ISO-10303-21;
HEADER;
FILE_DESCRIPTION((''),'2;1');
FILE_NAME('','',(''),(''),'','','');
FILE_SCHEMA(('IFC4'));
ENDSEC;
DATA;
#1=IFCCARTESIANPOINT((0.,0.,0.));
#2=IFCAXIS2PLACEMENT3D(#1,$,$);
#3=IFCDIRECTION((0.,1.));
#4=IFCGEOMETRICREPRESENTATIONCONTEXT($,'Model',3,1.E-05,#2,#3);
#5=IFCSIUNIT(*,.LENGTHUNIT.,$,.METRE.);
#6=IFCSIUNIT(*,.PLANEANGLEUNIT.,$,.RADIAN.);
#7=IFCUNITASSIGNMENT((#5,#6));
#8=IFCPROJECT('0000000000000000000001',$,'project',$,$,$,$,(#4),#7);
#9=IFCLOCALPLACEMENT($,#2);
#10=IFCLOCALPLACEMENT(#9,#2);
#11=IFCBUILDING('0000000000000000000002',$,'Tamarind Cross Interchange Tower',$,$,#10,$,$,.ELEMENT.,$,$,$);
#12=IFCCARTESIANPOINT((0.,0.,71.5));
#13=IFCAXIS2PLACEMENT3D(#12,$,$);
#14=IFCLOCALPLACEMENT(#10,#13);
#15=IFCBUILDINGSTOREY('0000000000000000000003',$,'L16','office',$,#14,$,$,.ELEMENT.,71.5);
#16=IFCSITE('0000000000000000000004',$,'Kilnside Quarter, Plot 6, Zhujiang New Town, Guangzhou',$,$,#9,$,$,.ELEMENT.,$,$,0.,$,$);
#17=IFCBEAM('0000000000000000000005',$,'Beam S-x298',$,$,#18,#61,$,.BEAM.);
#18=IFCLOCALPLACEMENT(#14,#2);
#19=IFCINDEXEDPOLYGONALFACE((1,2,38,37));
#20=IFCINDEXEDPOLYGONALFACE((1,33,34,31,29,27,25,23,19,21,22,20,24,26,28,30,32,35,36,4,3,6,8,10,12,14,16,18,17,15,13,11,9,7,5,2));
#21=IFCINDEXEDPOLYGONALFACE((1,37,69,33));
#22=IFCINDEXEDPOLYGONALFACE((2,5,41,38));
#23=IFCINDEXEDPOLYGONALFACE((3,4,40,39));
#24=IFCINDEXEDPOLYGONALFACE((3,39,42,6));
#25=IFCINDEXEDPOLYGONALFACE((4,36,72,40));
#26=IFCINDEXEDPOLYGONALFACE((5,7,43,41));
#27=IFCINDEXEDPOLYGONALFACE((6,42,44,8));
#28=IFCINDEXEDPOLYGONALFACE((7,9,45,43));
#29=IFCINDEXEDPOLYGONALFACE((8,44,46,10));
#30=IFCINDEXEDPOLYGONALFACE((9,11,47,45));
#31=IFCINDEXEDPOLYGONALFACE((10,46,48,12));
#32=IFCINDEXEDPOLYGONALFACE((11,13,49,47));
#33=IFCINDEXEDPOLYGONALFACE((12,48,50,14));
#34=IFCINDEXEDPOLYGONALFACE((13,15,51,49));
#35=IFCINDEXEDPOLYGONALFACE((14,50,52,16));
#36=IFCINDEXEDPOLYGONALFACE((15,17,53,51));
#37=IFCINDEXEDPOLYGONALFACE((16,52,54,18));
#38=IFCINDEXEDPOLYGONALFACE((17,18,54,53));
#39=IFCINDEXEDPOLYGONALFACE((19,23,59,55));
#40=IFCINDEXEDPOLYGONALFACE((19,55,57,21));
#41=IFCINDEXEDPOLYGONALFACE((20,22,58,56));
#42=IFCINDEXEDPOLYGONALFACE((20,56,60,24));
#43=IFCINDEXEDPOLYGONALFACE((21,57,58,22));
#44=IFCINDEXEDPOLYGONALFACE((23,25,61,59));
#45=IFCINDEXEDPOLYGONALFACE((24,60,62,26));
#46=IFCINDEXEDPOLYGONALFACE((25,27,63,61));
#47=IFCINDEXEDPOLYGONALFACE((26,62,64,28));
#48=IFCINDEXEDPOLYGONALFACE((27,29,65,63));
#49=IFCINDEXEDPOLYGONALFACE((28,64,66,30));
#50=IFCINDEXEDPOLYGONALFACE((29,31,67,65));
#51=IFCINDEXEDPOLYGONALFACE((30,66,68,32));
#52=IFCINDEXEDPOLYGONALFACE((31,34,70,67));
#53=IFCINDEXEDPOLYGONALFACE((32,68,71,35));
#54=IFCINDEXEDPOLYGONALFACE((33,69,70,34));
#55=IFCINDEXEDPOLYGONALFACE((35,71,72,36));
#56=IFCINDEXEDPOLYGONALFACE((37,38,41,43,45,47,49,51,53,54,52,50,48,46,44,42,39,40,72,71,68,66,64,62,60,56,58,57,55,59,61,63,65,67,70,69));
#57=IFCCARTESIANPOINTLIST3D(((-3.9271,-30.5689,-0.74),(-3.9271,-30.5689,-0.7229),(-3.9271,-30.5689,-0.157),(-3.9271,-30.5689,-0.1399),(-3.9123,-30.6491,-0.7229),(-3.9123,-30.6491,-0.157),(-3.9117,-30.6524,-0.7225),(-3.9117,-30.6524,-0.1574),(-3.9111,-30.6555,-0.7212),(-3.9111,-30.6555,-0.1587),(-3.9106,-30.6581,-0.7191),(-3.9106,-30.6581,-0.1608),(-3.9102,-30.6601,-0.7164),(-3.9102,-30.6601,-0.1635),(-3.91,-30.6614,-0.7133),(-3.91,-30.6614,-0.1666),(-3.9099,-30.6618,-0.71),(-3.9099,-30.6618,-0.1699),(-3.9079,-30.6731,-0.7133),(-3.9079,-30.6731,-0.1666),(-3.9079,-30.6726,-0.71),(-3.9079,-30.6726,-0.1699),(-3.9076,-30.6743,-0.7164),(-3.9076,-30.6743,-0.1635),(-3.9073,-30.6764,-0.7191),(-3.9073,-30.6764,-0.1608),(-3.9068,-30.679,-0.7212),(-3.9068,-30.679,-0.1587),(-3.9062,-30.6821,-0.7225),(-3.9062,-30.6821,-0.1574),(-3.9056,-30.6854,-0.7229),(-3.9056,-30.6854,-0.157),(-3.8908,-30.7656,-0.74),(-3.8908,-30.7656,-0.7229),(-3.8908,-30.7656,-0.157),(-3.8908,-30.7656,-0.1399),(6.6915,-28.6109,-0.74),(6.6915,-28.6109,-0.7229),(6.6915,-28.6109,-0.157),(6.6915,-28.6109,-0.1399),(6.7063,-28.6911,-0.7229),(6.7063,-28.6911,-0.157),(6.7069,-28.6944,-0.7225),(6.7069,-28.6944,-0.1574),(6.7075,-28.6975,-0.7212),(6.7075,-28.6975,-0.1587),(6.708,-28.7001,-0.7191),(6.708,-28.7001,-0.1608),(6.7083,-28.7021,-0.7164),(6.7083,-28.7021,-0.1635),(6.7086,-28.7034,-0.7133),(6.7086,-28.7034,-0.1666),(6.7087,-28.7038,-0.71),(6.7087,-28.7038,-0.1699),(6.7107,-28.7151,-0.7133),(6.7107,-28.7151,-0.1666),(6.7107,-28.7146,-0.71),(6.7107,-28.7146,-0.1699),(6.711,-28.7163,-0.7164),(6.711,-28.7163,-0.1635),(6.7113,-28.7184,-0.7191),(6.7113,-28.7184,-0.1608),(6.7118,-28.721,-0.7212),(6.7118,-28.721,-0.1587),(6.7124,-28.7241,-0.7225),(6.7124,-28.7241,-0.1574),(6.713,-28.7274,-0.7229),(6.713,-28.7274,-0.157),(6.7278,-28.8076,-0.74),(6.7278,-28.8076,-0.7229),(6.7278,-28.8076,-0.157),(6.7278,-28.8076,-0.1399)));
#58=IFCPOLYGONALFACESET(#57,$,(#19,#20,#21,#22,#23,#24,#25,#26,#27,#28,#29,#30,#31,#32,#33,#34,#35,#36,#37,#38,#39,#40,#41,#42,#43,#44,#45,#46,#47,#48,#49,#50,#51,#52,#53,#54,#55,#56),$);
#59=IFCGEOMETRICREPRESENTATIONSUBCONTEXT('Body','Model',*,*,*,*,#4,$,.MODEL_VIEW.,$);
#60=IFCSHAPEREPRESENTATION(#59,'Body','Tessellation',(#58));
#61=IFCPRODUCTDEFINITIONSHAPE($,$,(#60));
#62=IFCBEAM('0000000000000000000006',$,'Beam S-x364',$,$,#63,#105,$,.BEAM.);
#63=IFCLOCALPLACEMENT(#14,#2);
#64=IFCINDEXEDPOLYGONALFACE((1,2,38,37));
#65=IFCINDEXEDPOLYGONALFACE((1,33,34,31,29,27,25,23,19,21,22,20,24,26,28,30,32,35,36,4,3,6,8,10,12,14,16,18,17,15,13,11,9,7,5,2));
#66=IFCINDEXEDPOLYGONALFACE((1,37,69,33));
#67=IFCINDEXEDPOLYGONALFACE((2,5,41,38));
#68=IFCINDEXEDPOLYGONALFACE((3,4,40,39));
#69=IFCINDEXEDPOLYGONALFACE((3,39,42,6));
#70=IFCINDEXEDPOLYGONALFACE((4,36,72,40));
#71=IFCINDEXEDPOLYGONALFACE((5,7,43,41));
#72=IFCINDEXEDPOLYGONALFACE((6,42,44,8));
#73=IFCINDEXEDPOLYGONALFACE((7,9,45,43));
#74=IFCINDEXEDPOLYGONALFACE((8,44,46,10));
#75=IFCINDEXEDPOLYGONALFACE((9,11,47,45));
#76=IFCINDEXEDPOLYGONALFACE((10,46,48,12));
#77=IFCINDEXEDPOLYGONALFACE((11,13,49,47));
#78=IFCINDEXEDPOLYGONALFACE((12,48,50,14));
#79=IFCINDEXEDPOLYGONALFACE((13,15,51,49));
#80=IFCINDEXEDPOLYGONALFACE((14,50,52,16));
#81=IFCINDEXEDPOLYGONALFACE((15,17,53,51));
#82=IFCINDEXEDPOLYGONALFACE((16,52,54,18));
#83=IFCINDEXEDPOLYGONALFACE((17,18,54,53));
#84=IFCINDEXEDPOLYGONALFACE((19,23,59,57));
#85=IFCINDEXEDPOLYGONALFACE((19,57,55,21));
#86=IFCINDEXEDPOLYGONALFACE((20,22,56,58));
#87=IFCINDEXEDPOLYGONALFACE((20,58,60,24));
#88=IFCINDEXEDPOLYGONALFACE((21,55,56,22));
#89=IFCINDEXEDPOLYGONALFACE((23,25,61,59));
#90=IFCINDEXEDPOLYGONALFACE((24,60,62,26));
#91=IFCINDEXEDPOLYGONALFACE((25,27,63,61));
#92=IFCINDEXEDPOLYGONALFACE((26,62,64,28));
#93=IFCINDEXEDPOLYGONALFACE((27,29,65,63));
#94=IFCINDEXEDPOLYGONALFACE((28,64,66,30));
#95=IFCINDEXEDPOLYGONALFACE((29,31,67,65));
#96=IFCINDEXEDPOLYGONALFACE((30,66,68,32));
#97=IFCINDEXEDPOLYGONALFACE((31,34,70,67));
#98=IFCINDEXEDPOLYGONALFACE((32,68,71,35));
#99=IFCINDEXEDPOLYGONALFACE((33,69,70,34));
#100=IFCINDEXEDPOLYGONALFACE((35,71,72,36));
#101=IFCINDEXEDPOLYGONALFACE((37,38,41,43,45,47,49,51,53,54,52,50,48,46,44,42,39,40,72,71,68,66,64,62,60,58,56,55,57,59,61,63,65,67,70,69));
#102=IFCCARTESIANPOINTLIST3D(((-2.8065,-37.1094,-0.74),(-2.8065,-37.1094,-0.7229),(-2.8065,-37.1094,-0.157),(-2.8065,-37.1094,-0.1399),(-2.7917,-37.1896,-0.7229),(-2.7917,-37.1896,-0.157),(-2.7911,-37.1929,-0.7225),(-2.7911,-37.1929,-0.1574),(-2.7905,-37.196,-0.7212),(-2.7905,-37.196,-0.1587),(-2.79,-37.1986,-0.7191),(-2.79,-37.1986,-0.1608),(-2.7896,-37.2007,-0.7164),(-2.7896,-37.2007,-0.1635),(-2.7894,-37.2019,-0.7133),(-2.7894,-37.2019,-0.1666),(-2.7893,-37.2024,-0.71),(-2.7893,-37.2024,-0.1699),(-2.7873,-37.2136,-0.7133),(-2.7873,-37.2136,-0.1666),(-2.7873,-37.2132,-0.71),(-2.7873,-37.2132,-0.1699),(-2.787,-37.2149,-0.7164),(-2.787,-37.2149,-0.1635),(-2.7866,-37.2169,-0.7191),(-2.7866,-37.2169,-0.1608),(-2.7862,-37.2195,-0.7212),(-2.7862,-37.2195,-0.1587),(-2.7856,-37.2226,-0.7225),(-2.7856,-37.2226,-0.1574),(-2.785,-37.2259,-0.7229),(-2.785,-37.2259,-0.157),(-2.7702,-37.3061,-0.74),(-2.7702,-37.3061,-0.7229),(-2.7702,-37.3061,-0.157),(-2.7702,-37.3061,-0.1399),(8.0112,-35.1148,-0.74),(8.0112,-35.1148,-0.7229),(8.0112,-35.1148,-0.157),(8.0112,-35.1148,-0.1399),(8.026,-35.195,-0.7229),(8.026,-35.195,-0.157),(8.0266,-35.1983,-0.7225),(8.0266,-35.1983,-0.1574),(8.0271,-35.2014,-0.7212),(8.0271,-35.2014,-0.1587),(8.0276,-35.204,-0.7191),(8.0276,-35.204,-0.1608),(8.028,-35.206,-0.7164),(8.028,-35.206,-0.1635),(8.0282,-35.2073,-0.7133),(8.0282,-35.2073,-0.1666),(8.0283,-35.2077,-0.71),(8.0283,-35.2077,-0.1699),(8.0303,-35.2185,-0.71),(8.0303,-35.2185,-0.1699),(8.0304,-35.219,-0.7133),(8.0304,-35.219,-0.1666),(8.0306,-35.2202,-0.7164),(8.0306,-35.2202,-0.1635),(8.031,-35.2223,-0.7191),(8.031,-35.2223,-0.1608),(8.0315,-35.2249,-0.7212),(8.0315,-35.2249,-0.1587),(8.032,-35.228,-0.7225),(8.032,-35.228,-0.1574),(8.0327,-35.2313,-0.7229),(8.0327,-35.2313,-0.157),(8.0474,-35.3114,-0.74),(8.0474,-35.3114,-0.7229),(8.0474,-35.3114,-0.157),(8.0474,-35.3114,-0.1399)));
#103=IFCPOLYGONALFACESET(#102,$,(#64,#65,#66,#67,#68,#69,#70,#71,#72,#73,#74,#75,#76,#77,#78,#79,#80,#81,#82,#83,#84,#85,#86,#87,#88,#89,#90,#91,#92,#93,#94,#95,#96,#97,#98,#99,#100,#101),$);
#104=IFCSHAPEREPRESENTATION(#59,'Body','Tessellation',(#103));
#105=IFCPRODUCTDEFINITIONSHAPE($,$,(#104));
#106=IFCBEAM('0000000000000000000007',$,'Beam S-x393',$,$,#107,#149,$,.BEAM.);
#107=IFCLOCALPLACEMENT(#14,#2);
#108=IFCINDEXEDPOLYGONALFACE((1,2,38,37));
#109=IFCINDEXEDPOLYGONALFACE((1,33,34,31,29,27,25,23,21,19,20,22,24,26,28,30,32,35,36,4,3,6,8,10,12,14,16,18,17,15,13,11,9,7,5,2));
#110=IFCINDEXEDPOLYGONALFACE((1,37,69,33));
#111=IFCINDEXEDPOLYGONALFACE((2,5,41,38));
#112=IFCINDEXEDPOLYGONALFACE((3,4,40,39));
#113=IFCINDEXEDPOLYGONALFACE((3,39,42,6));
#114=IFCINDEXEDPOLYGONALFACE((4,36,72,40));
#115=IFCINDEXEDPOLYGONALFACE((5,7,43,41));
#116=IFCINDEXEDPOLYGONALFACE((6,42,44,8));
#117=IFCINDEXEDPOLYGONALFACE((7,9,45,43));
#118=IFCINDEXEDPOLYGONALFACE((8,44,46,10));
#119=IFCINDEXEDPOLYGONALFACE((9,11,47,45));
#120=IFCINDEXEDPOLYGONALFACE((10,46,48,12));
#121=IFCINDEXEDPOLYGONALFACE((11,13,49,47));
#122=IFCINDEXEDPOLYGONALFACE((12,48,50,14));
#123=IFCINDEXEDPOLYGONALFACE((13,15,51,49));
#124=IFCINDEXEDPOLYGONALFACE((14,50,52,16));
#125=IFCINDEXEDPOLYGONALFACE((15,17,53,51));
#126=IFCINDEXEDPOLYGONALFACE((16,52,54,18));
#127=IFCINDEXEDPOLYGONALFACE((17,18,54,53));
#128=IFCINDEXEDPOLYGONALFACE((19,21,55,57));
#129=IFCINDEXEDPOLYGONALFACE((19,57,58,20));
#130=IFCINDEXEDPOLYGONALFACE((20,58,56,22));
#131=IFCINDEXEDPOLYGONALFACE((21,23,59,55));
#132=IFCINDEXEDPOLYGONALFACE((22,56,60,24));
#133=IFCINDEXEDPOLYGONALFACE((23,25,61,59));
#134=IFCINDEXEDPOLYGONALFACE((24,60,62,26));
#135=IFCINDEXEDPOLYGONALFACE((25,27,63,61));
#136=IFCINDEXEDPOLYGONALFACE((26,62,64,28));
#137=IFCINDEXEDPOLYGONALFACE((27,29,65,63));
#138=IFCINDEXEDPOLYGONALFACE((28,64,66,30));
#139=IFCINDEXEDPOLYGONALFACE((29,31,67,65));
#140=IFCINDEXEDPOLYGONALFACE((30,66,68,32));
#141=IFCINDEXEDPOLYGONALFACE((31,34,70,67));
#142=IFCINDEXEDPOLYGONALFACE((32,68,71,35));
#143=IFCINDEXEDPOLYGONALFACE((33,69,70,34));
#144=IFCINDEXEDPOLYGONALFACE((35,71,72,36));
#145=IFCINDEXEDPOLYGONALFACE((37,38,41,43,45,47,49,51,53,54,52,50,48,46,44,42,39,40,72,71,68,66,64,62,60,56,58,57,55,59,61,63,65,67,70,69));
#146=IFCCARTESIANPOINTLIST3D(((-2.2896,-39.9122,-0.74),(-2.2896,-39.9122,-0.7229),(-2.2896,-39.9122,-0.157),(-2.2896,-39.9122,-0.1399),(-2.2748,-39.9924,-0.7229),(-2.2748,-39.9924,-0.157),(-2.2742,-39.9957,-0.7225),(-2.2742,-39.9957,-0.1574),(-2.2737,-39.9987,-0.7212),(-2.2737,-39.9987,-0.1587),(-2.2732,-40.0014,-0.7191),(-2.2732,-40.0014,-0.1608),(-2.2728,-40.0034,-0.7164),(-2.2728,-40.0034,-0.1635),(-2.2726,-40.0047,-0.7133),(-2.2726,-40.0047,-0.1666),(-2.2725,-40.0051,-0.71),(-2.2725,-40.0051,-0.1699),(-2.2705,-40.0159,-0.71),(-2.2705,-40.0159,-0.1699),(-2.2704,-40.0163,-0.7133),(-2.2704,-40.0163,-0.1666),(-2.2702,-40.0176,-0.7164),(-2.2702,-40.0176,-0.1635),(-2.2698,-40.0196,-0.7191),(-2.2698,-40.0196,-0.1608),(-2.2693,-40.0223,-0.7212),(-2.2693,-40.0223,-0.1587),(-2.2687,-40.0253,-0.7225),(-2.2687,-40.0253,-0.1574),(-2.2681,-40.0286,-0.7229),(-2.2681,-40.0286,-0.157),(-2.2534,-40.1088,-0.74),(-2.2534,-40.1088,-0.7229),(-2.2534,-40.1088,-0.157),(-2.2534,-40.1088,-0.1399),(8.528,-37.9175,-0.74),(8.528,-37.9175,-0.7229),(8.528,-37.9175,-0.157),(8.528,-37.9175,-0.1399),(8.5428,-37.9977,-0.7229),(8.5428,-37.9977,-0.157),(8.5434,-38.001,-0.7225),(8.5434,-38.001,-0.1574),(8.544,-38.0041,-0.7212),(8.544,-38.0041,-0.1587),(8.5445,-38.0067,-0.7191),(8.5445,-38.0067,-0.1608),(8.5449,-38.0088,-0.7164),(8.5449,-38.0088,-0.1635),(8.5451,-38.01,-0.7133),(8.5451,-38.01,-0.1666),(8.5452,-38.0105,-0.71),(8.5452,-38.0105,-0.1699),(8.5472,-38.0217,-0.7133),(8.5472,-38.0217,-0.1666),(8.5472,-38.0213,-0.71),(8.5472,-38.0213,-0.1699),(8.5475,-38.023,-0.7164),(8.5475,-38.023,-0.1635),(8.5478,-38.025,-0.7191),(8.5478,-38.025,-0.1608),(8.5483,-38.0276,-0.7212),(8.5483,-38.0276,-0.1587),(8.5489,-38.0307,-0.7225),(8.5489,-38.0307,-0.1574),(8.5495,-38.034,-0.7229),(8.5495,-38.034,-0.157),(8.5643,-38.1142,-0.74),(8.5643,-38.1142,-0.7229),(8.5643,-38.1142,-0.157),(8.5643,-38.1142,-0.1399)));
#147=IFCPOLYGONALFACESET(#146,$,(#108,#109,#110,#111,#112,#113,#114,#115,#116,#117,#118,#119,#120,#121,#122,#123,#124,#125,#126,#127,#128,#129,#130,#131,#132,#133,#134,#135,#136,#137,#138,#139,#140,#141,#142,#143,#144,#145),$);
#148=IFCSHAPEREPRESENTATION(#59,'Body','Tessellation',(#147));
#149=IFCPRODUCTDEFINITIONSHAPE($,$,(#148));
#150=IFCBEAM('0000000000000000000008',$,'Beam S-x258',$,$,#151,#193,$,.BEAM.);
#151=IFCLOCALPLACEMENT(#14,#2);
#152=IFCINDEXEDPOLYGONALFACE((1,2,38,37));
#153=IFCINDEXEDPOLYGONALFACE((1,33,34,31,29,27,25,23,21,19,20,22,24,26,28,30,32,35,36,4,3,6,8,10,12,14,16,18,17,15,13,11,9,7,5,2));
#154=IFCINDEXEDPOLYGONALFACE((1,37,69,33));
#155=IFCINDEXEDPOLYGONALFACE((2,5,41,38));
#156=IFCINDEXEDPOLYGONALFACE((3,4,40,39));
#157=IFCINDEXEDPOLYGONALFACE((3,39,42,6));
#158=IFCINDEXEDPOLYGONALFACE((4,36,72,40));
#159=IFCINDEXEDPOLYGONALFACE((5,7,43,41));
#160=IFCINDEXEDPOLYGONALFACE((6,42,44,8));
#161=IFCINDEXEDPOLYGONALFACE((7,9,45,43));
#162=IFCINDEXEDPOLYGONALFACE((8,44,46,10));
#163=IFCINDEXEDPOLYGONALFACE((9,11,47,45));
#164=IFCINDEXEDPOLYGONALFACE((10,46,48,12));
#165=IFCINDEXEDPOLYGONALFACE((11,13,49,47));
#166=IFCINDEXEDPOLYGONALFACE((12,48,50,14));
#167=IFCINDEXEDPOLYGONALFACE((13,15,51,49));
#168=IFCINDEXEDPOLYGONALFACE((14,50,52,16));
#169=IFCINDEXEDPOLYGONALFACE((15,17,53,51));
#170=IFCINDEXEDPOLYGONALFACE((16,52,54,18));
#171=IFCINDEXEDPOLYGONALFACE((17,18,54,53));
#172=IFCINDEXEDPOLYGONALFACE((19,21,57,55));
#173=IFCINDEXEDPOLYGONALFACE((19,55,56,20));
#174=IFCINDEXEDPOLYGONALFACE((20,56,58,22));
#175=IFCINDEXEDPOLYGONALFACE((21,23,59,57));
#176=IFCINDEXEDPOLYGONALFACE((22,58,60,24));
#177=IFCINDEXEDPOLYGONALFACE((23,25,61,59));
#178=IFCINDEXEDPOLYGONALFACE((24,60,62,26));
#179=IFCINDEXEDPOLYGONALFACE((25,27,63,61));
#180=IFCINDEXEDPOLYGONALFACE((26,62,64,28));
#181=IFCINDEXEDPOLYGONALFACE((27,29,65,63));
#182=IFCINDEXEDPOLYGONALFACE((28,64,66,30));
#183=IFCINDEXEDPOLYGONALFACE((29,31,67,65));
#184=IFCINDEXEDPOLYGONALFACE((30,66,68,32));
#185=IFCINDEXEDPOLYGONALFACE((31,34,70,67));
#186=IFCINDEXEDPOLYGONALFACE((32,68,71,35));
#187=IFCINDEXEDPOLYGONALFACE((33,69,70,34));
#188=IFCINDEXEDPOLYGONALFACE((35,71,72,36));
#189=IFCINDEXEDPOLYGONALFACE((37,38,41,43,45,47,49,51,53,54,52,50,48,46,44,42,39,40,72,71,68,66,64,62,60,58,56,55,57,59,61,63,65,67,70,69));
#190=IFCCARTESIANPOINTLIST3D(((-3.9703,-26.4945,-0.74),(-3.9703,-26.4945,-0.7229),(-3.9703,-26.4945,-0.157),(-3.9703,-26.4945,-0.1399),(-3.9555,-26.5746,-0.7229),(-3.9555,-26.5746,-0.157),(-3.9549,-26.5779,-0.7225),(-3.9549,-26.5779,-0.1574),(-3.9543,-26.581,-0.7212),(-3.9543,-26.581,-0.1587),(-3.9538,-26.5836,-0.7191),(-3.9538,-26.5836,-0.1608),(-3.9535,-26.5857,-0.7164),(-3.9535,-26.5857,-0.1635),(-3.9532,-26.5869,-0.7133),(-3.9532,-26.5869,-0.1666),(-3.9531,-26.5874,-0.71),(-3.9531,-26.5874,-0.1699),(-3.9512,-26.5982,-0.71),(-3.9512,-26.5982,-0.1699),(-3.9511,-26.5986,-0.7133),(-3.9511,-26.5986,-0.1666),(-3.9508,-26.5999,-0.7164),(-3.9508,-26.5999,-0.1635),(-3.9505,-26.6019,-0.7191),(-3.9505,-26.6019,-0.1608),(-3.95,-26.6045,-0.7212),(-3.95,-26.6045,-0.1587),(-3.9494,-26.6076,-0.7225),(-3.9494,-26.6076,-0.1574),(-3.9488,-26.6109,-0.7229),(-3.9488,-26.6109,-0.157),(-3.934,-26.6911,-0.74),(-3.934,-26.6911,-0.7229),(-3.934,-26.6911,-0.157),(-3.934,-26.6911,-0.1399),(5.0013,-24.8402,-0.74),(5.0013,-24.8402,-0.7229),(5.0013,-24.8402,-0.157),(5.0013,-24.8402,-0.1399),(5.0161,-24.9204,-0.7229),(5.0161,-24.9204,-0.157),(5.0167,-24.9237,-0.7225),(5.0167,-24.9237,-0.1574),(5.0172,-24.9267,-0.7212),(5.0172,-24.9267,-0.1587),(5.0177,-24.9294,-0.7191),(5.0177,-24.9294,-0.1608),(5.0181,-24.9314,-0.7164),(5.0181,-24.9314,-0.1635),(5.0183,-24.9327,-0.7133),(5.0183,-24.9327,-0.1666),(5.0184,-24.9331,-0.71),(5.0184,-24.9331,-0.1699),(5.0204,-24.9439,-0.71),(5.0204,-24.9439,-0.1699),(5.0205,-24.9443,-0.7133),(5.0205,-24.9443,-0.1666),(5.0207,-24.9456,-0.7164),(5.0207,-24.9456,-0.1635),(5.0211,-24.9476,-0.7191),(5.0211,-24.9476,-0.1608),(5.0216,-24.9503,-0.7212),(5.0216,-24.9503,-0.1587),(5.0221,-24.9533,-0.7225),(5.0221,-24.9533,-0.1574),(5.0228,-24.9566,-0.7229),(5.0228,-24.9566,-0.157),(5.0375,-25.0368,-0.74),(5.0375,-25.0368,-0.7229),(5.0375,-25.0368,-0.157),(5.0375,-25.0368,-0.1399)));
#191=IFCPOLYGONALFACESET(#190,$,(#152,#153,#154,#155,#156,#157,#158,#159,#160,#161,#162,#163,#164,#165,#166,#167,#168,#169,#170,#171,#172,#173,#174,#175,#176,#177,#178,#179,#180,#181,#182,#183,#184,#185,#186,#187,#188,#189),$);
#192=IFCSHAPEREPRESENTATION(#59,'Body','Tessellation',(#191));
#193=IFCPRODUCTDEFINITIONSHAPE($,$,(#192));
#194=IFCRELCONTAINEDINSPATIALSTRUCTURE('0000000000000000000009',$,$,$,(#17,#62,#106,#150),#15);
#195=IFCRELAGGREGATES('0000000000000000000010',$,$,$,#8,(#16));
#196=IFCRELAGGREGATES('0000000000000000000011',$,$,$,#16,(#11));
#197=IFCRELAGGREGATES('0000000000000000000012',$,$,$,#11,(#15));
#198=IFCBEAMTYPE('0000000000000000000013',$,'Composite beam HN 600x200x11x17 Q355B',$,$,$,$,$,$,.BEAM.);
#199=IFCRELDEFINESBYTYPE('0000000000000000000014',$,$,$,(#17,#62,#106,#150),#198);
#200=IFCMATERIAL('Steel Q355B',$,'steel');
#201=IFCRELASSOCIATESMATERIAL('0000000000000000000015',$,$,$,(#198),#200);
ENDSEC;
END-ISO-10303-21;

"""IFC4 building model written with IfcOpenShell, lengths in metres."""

from ifc_helpers import new_model, si_unit, direction, frame, origin, origin_2d, place, context, subcontext, project, spatial, i_section, extrude, material, material_profile, profile_set, type_object, element, save


model = new_model("IFC4")

# Units and contexts
model_context = context("Model", 3, precision=1e-05, world=origin(), true_north=direction((0.0, 1.0)))
body_context = subcontext(model_context, "Body", "Model", "MODEL_VIEW")
ifc_project = project(units=[si_unit("LENGTHUNIT", "METRE"), si_unit("PLANEANGLEUNIT", "RADIAN")], contexts=[model_context])

# Site, building, storey
site_placement = place(None, origin())
site = spatial("IfcSite", under=ifc_project, at=site_placement, Name="Kilnside Quarter, Plot 6, Zhujiang New Town, Guangzhou", CompositionType="ELEMENT", RefElevation=0.0)
building_placement = place(site_placement, origin())
building = spatial("IfcBuilding", under=site, at=building_placement, Name="Tamarind Cross Interchange Tower", CompositionType="ELEMENT")
storey_placement = place(building_placement, frame((0.0, 0.0, 71.5)))
storey = spatial("IfcBuildingStorey", under=building, at=storey_placement, Name="L16", Description="office", CompositionType="ELEMENT", Elevation=71.5)

# Beams
ifc_material_1 = material(Name="Steel Q355B", Category="steel")
ifc_material_profile_1 = material_profile(ifc_material_1, i_section(OverallWidth=0.2, OverallDepth=0.6001, WebThickness=0.011, FlangeThickness=0.0171, FilletRadius=0.0129, at=origin_2d()), Name="HN 600x200x11x17")
ifc_profile_set_1 = profile_set([ifc_material_profile_1], Name="Steel Q355B")
beam_type_1 = type_object("IfcBeamType", Name="Composite beam HN 600x200x11x17 Q355B", PredefinedType="BEAM", material=ifc_profile_set_1)
beam_1_placement = place(storey_placement, frame((-3.9089, -30.6672, -0.4399), z_axis=(0.983421, 0.181336, 0.0), x_axis=(-0.181336, 0.983421, 0.0)))
element("IfcBeam", 1, at=beam_1_placement, inside=storey, type_object=beam_type_1, Name="Beam S-x298", PredefinedType="BEAM", context=body_context, shape_type="SweptSolid", body=[
    extrude(i_section(OverallWidth=0.2, OverallDepth=0.6001, WebThickness=0.011, FlangeThickness=0.0171, FilletRadius=0.0129, at=origin_2d()), origin(), (0.0, 0.0, 1.0), 10.7976),
])
for number, where, z_axis, x_axis, name in (
    (2, (-2.7883, -37.2078, -0.4399), (0.983422, 0.18133, 0.0), (-0.18133, 0.983422, 0.0), "Beam S-x364"),
    (3, (-2.2715, -40.0105, -0.4399), (0.983422, 0.18133, 0.0), (-0.18133, 0.983422, 0.0), "Beam S-x393"),
):
    element("IfcBeam", number, at=place(storey_placement, frame(where, z_axis=z_axis, x_axis=x_axis)), inside=storey, type_object=beam_type_1, Name=name, PredefinedType="BEAM", context=body_context, shape_type="SweptSolid", body=[
        extrude(i_section(OverallWidth=0.2, OverallDepth=0.6001, WebThickness=0.011, FlangeThickness=0.0171, FilletRadius=0.0129, at=origin_2d()), origin(), (0.0, 0.0, 1.0), 11.0),
    ])
beam_2_placement = place(storey_placement, frame((-3.9521, -26.5928, -0.4399), z_axis=(0.983422, 0.181334, 0.0), x_axis=(-0.181334, 0.983422, 0.0)))
element("IfcBeam", 4, at=beam_2_placement, inside=storey, type_object=beam_type_1, Name="Beam S-x258", PredefinedType="BEAM", context=body_context, shape_type="SweptSolid", body=[
    extrude(i_section(OverallWidth=0.2, OverallDepth=0.6001, WebThickness=0.011, FlangeThickness=0.0171, FilletRadius=0.0129, at=origin_2d()), origin(), (0.0, 0.0, 1.0), 9.1228),
])

save(model, "model.ifc")
